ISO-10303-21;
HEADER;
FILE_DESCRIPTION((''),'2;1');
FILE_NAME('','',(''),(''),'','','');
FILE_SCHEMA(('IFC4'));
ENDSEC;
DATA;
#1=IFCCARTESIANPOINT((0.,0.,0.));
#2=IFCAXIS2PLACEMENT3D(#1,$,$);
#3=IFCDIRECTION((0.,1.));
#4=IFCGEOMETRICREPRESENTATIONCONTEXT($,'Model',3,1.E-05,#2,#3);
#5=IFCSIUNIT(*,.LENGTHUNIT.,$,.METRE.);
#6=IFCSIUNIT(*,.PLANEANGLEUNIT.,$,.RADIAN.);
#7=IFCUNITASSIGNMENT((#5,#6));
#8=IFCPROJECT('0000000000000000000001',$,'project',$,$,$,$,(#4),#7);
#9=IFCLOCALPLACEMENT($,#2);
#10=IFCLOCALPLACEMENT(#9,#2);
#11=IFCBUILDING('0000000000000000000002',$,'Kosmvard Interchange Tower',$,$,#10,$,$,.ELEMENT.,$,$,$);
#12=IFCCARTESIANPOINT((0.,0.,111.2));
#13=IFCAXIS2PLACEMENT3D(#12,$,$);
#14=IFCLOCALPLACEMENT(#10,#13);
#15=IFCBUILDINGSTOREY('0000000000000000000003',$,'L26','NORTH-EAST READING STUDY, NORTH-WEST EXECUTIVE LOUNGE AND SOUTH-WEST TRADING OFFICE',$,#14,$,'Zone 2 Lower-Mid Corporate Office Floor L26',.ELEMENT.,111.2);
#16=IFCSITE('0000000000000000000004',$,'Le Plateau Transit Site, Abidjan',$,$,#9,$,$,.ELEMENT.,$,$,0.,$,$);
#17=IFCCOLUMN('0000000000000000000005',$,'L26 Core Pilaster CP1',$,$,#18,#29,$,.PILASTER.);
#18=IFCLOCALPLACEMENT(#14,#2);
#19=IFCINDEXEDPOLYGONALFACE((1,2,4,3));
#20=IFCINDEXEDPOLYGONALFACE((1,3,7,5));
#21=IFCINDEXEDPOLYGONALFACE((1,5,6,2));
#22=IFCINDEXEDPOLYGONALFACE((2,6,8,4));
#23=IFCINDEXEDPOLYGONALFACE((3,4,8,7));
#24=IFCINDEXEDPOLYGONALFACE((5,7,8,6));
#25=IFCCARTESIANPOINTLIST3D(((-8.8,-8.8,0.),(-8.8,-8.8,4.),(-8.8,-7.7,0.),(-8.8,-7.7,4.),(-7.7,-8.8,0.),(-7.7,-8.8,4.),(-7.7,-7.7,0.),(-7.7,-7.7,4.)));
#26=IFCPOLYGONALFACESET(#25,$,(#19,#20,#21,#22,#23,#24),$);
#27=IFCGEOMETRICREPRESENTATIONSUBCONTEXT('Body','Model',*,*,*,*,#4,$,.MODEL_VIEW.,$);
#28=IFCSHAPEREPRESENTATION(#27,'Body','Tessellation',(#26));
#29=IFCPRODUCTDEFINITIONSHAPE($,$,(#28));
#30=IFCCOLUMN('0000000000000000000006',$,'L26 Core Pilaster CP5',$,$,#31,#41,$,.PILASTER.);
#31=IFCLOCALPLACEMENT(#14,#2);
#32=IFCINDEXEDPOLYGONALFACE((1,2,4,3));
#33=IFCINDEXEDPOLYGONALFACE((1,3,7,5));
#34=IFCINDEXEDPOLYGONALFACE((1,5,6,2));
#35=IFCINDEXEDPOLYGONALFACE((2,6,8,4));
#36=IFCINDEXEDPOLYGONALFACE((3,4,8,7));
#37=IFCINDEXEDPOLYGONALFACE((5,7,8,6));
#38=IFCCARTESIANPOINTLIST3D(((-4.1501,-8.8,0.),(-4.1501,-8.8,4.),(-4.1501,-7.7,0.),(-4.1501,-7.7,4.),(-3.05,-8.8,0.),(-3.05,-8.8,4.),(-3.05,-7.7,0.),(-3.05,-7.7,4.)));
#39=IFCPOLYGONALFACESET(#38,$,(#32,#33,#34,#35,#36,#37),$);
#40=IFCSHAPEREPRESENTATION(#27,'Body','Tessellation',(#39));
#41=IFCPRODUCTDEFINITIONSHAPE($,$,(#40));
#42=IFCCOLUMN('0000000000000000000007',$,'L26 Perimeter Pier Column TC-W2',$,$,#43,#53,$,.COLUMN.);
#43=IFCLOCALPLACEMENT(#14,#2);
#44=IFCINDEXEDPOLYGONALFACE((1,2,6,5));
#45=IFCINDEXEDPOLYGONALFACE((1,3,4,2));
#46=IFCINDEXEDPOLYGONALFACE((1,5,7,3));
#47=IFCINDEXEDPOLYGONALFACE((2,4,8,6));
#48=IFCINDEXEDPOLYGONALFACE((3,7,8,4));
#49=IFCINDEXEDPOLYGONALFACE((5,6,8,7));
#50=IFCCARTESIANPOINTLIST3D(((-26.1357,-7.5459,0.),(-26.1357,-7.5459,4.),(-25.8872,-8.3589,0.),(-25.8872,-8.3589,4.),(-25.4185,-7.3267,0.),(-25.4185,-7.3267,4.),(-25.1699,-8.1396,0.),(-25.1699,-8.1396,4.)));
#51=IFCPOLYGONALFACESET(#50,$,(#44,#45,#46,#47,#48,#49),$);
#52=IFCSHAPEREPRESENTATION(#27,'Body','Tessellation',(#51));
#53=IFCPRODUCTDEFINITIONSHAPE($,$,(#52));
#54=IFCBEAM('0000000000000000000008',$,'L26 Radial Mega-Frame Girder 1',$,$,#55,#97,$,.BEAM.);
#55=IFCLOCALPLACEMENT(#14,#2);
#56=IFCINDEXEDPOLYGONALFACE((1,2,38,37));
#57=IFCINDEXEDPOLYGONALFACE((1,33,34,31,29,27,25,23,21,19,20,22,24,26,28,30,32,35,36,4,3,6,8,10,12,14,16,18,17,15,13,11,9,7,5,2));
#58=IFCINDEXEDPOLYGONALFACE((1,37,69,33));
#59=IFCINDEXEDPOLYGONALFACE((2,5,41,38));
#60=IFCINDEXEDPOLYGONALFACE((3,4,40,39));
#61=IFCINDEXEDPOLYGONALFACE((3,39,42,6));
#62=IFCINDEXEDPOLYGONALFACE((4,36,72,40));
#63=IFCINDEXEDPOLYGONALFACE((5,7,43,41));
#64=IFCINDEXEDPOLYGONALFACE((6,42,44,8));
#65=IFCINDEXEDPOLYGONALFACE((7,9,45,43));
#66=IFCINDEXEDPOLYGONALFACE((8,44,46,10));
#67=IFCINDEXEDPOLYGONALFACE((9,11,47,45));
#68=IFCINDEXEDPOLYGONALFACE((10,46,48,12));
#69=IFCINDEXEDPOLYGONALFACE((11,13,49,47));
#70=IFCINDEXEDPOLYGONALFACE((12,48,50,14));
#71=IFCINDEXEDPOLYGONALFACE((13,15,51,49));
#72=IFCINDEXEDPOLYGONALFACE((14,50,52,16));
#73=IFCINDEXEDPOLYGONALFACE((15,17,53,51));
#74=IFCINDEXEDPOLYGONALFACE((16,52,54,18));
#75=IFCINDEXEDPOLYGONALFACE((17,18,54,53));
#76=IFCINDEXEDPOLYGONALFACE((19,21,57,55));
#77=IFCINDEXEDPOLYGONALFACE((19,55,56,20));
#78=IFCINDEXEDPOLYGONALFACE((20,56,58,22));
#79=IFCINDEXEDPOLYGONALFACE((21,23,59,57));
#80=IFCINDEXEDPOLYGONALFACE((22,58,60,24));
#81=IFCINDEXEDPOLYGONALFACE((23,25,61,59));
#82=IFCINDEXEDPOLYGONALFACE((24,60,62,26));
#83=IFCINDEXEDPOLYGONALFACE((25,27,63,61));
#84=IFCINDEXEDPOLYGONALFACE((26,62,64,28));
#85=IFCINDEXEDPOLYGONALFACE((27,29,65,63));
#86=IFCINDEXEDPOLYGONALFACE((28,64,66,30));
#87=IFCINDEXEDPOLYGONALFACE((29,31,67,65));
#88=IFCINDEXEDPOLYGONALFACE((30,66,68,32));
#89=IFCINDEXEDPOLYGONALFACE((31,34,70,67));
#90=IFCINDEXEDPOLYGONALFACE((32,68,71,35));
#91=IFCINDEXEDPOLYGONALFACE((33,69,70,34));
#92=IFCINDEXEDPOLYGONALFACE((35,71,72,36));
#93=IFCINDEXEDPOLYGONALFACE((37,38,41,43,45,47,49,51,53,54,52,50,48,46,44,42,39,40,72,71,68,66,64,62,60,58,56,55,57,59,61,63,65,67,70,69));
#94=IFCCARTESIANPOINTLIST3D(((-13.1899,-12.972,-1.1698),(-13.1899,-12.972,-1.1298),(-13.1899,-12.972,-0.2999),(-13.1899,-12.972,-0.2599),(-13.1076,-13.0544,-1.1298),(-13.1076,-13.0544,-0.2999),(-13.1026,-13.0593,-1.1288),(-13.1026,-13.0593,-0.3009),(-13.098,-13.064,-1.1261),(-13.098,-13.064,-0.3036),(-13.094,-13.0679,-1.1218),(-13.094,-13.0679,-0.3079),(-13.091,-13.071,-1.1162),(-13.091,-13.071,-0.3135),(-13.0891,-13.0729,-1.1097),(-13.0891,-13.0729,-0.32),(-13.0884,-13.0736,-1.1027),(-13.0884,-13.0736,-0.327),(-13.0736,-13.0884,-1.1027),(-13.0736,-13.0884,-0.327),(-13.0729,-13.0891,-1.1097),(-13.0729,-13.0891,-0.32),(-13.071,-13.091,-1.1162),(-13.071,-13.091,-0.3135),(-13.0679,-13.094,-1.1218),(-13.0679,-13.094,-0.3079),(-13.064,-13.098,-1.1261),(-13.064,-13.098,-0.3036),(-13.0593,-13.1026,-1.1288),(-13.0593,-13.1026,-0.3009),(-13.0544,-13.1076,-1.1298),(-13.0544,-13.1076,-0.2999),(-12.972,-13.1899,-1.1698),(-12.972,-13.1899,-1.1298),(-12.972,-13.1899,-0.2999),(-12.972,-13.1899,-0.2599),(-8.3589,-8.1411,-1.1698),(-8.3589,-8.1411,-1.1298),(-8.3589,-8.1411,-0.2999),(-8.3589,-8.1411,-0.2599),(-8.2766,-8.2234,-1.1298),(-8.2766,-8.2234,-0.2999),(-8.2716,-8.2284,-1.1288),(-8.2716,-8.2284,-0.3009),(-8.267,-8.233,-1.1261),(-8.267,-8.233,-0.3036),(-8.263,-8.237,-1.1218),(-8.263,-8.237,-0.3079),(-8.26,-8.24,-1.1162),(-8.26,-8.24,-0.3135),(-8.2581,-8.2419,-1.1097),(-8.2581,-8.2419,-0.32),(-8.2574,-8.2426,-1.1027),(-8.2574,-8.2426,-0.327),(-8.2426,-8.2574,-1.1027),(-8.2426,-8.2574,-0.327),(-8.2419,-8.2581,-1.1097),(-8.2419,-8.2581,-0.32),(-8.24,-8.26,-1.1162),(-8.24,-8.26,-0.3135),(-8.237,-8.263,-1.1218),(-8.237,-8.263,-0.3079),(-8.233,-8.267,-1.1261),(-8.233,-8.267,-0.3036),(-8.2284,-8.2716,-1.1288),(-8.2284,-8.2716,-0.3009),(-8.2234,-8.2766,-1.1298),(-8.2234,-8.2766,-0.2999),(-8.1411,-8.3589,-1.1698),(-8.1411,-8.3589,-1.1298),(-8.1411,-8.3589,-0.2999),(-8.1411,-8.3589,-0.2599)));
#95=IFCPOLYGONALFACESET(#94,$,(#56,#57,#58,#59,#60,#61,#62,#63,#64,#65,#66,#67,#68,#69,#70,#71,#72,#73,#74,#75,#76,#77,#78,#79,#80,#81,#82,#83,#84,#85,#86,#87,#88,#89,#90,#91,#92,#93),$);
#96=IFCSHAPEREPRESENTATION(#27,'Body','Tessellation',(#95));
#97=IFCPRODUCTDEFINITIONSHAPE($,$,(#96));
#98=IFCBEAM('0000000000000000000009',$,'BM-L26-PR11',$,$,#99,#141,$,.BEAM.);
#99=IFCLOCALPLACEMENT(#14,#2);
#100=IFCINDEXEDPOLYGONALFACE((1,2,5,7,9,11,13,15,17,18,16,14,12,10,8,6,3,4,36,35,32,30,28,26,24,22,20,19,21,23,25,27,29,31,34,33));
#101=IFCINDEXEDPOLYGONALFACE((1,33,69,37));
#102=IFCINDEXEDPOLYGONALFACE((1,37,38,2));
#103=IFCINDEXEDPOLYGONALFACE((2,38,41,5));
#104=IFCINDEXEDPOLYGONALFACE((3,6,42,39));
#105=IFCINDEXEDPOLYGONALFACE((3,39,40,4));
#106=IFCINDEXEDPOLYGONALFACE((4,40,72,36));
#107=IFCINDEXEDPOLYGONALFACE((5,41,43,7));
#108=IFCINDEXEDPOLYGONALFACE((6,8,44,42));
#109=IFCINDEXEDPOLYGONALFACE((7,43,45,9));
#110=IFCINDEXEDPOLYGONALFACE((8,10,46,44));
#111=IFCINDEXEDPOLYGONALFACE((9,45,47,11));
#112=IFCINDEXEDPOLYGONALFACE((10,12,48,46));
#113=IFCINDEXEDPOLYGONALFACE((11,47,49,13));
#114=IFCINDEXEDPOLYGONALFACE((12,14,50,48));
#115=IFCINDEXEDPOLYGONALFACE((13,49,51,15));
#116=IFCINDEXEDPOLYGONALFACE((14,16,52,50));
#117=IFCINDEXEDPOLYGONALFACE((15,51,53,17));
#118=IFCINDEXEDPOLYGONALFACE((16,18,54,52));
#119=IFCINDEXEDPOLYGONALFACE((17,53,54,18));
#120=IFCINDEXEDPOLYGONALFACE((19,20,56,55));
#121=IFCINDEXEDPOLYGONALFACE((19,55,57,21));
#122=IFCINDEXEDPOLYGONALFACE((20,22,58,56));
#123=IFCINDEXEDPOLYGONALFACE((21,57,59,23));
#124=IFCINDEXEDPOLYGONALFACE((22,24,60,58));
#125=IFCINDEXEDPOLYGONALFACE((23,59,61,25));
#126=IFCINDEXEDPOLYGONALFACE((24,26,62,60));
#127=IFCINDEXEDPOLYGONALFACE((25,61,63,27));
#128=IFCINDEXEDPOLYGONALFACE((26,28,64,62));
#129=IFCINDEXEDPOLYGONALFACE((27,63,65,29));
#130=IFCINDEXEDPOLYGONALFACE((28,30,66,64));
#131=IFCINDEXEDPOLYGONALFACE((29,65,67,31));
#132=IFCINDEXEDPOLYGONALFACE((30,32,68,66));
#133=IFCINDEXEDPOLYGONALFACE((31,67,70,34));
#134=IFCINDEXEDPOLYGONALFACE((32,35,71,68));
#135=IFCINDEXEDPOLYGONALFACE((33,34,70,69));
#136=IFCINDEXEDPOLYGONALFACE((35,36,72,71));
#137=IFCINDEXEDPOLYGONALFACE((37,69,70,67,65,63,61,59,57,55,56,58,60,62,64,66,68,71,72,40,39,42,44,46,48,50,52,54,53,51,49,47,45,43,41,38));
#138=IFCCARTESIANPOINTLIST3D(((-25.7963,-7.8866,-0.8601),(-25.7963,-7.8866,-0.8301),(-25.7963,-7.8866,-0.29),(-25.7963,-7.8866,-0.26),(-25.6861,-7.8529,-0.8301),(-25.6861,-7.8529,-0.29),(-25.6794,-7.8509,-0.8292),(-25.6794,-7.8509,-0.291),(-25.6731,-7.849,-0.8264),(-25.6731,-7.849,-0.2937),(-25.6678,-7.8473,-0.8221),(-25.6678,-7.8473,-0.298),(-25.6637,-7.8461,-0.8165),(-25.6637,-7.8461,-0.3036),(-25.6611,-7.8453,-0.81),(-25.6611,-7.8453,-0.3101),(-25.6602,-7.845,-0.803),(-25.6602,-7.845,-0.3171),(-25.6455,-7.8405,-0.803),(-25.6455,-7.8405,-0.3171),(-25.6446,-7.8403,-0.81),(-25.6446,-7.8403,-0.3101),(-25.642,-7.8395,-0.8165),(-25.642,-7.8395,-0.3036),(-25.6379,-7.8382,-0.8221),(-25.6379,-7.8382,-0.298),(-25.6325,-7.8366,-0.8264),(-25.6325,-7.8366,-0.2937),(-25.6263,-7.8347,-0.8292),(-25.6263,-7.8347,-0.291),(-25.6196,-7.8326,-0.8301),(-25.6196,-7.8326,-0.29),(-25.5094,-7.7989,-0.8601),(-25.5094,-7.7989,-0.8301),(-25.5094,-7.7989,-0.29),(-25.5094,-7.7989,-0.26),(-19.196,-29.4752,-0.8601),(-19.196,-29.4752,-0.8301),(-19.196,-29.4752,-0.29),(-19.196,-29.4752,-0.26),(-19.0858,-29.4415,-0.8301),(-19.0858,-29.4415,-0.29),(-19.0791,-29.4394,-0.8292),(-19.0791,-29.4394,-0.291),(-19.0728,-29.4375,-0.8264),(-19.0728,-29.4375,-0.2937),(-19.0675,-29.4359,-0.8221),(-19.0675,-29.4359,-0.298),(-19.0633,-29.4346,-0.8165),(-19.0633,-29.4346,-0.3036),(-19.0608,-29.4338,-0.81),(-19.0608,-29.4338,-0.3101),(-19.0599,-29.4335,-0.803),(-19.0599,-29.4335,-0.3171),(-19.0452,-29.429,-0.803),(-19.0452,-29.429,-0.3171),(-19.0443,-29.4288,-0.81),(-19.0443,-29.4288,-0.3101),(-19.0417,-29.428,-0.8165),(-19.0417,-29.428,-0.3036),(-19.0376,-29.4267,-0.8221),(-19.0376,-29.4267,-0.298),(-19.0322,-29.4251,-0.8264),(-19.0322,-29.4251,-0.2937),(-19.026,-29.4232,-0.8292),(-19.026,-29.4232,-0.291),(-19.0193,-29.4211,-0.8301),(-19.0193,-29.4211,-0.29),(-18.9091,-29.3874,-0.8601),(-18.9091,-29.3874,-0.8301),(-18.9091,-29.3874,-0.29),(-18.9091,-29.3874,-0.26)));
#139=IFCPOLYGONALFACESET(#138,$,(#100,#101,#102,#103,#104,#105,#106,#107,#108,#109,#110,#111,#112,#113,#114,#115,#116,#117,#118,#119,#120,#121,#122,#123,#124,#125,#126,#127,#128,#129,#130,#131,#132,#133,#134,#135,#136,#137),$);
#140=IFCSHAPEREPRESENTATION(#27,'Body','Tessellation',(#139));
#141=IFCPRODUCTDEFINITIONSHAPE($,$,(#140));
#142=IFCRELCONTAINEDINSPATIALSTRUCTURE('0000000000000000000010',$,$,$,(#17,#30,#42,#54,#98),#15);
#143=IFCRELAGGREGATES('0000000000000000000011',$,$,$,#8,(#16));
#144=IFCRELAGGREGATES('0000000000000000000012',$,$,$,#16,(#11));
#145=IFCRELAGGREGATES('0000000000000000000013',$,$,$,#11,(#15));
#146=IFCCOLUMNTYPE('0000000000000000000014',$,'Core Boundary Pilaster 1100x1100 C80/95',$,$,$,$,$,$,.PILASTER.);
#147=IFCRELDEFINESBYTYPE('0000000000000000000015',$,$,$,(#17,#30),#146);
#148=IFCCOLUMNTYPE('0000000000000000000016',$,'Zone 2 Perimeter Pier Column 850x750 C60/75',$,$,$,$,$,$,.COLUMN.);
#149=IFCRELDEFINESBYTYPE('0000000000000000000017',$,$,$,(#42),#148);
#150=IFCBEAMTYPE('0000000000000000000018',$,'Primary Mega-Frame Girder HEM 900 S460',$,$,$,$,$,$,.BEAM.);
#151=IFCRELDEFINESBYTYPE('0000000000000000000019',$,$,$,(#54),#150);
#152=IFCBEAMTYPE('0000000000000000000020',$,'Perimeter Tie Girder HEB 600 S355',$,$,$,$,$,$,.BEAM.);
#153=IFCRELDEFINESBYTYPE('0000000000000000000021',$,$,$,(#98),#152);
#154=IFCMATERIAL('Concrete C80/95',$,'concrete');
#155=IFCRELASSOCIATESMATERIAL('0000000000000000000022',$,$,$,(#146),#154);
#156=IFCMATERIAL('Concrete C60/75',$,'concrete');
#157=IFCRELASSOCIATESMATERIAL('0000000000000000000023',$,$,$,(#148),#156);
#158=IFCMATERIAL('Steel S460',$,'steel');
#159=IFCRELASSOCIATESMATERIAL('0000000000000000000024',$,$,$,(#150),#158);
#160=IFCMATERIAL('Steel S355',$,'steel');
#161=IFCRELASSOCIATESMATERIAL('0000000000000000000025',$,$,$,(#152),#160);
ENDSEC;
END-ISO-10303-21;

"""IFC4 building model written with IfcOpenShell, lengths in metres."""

from ifc_helpers import new_model, si_unit, direction, frame, origin, origin_2d, place, context, subcontext, project, spatial, rectangle, i_section, extrude, source, transform, mapped, material, material_profile, profile_set, type_object, element, save


model = new_model("IFC4")

# Units and contexts
model_context = context("Model", 3, precision=1e-05, world=origin(), true_north=direction((0.0, 1.0)))
body_context = subcontext(model_context, "Body", "Model", "MODEL_VIEW")
ifc_project = project(units=[si_unit("LENGTHUNIT", "METRE"), si_unit("PLANEANGLEUNIT", "RADIAN")], contexts=[model_context])

# Site, building, storey
site_placement = place(None, origin())
site = spatial("IfcSite", under=ifc_project, at=site_placement, Name="Le Plateau Transit Site, Abidjan", CompositionType="ELEMENT", RefElevation=0.0)
building_placement = place(site_placement, origin())
building = spatial("IfcBuilding", under=site, at=building_placement, Name="Kosmvard Interchange Tower", CompositionType="ELEMENT")
storey_placement = place(building_placement, frame((0.0, 0.0, 111.2)))
storey = spatial("IfcBuildingStorey", under=building, at=storey_placement, Name="L26", Description="NORTH-EAST READING STUDY, NORTH-WEST EXECUTIVE LOUNGE AND SOUTH-WEST TRADING OFFICE", LongName="Zone 2 Lower-Mid Corporate Office Floor L26", CompositionType="ELEMENT", Elevation=111.2)

# Columns
ifc_material_1 = material(Name="Concrete C80/95", Category="concrete")
ifc_material_profile_1 = material_profile(ifc_material_1, rectangle(XDim=1.1001, YDim=1.1001, at=origin_2d()), Name="CP 1100x1100")
ifc_profile_set_1 = profile_set([ifc_material_profile_1], Name="Concrete C80/95")
column_type_1 = type_object("IfcColumnType", Name="Core Boundary Pilaster 1100x1100 C80/95", PredefinedType="PILASTER", material=ifc_profile_set_1)
shared_shape_1 = source(origin(), body_context, "Body", "SweptSolid", [
    extrude(rectangle(XDim=1.1001, YDim=1.1001, at=origin_2d()), origin(), (0.0, 0.0, 1.0), 4.0),
])
for number, where, z_axis, x_axis, name in (
    (1, (-8.25, -8.25, 0.0), (0.0, 0.0, 1.0), (1.0, 0.0, 0.0), "L26 Core Pilaster CP1"),
    (2, (-3.6001, -8.25, 0.0), (0.0, 0.0, 1.0), (1.0, 0.0, 0.0), "L26 Core Pilaster CP5"),
):
    element("IfcColumn", number, at=place(storey_placement, frame(where, z_axis=z_axis, x_axis=x_axis)), inside=storey, type_object=column_type_1, Name=name, PredefinedType="PILASTER", context=body_context, shape_type="MappedRepresentation", body=[
        mapped(shared_shape_1, transform((0.0, 0.0, 0.0), scale=1.0)),
    ])
ifc_material_2 = material(Name="Concrete C60/75", Category="concrete")
ifc_material_profile_2 = material_profile(ifc_material_2, rectangle(XDim=0.75, YDim=0.8501, at=origin_2d()), Name="TC 850x750")
ifc_profile_set_2 = profile_set([ifc_material_profile_2], Name="Concrete C60/75")
column_type_2 = type_object("IfcColumnType", Name="Zone 2 Perimeter Pier Column 850x750 C60/75", PredefinedType="COLUMN", material=ifc_profile_set_2)
shared_shape_2 = source(origin(), body_context, "Body", "SweptSolid", [
    extrude(rectangle(XDim=0.75, YDim=0.8501, at=origin_2d()), origin(), (0.0, 0.0, 1.0), 4.0),
])
column_placement = place(storey_placement, frame((-25.6528, -7.8428, 0.0), z_axis=(0.0, 0.0, 1.0), x_axis=(0.956305, 0.292372, 0.0)))
element("IfcColumn", 3, at=column_placement, inside=storey, type_object=column_type_2, Name="L26 Perimeter Pier Column TC-W2", PredefinedType="COLUMN", context=body_context, shape_type="MappedRepresentation", body=[
    mapped(shared_shape_2, transform((0.0, 0.0, 0.0), scale=1.0)),
])

# Beams
ifc_material_3 = material(Name="Steel S460", Category="steel")
ifc_material_profile_3 = material_profile(ifc_material_3, i_section(OverallWidth=0.3081, OverallDepth=0.9099, WebThickness=0.021, FlangeThickness=0.04, FilletRadius=0.0271, at=origin_2d()), Name="HEM 900")
ifc_profile_set_3 = profile_set([ifc_material_profile_3], Name="Steel S460")
beam_type_1 = type_object("IfcBeamType", Name="Primary Mega-Frame Girder HEM 900 S460", PredefinedType="BEAM", material=ifc_profile_set_3)
shared_shape_3 = source(origin(), body_context, "Body", "SweptSolid", [
    extrude(i_section(OverallWidth=0.3081, OverallDepth=0.9099, WebThickness=0.021, FlangeThickness=0.04, FilletRadius=0.0271, at=origin_2d()), origin(), (0.0, 0.0, 1.0), 6.832),
])
beam_1_placement = place(storey_placement, frame((-8.25, -8.25, -0.7148), z_axis=(-0.707107, -0.707107, 0.0), x_axis=(0.707107, -0.707107, 0.0)))
element("IfcBeam", 4, at=beam_1_placement, inside=storey, type_object=beam_type_1, Name="L26 Radial Mega-Frame Girder 1", PredefinedType="BEAM", context=body_context, shape_type="MappedRepresentation", body=[
    mapped(shared_shape_3, transform((0.0, 0.0, 0.0), scale=1.0)),
])
ifc_material_4 = material(Name="Steel S355", Category="steel")
ifc_material_profile_4 = material_profile(ifc_material_4, i_section(OverallWidth=0.3, OverallDepth=0.6001, WebThickness=0.0154, FlangeThickness=0.03, FilletRadius=0.0271, at=origin_2d()), Name="HEB 600")
ifc_profile_set_4 = profile_set([ifc_material_profile_4], Name="Steel S355")
beam_type_2 = type_object("IfcBeamType", Name="Perimeter Tie Girder HEB 600 S355", PredefinedType="BEAM", material=ifc_profile_set_4)
shared_shape_4 = source(origin(), body_context, "Body", "SweptSolid", [
    extrude(i_section(OverallWidth=0.3, OverallDepth=0.6001, WebThickness=0.0154, FlangeThickness=0.03, FilletRadius=0.0271, at=origin_2d()), origin(), (0.0, 0.0, 1.0), 22.575),
])
beam_2_placement = place(storey_placement, frame((-25.6528, -7.8428, -0.5601), z_axis=(0.292373, -0.956304, 0.0), x_axis=(0.956304, 0.292373, 0.0)))
element("IfcBeam", 5, at=beam_2_placement, inside=storey, type_object=beam_type_2, Name="BM-L26-PR11", PredefinedType="BEAM", context=body_context, shape_type="MappedRepresentation", body=[
    mapped(shared_shape_4, transform((0.0, 0.0, 0.0), scale=1.0)),
])

save(model, "model.ifc")
